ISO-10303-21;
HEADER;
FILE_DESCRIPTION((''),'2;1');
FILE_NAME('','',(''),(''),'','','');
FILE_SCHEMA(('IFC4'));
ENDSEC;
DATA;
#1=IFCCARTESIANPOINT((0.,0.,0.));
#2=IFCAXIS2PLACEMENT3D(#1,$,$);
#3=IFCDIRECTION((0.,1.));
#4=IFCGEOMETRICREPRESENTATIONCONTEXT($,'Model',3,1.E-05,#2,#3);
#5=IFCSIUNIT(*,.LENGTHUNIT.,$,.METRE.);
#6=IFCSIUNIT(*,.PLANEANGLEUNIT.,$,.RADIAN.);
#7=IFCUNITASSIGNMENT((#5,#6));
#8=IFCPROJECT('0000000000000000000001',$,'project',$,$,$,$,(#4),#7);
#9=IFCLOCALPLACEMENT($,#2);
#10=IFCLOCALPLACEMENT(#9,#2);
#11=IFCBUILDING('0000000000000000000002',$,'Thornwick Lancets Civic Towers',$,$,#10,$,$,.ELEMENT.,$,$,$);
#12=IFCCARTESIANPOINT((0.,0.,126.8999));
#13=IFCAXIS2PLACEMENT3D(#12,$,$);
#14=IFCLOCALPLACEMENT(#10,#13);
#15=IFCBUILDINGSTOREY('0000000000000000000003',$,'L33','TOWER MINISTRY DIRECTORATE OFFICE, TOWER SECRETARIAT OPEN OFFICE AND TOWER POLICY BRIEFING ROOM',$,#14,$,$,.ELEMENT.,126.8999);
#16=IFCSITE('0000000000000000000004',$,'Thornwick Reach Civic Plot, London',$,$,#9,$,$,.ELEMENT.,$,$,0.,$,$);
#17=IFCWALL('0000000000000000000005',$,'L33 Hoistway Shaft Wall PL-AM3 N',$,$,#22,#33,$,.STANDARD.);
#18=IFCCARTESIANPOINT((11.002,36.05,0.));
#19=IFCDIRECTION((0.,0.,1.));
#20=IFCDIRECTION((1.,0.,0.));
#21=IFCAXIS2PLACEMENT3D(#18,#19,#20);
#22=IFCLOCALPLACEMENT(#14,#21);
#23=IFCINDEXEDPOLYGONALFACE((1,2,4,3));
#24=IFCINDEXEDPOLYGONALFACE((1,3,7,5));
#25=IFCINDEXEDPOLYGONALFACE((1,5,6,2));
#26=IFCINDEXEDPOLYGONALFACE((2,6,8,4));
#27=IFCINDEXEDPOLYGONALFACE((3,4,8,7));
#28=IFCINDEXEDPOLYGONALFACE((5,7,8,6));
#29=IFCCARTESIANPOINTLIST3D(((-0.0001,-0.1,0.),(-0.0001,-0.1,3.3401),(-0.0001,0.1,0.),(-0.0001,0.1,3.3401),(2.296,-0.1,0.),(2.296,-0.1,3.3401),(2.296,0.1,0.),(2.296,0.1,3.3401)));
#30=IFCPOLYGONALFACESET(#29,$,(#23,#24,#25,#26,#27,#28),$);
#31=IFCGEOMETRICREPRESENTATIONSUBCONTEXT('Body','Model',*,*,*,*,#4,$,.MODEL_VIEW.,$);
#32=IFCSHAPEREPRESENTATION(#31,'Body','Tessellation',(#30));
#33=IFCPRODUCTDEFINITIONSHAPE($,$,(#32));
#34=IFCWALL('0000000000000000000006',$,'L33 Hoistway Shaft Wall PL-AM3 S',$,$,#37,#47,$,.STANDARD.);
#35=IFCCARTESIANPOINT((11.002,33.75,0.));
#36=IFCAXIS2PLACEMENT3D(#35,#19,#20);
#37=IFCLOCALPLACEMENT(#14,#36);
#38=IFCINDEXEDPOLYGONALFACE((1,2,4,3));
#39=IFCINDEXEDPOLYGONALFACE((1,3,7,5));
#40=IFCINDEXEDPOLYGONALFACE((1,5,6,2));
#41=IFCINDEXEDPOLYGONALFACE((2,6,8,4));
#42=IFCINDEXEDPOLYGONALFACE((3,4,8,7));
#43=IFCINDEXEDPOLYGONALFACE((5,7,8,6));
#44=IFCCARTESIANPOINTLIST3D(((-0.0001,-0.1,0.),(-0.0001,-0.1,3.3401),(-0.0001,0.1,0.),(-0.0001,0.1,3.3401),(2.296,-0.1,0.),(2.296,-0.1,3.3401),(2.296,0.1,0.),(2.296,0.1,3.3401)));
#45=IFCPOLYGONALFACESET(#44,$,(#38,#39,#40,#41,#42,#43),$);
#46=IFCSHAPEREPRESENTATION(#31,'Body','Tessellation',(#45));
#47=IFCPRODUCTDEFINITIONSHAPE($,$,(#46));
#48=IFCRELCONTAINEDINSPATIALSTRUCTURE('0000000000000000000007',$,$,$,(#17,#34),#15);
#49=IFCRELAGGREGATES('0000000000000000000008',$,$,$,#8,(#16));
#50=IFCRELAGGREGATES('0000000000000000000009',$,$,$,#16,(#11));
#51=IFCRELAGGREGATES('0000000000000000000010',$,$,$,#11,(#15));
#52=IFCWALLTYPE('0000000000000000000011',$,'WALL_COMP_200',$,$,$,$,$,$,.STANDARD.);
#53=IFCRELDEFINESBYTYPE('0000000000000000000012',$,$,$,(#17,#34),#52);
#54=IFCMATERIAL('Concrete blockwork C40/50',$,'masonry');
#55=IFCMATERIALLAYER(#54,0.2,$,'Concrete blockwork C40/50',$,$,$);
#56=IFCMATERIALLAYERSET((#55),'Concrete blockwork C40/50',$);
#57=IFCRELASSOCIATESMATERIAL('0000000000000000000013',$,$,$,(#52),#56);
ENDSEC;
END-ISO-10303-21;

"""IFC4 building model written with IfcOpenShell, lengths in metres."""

from ifc_helpers import new_model, si_unit, direction, frame, frame_2d, origin, place, context, subcontext, project, spatial, rectangle, extrude, material, layer, layer_set, type_object, element, save


model = new_model("IFC4")

# Units and contexts
model_context = context("Model", 3, precision=1e-05, world=origin(), true_north=direction((0.0, 1.0)))
body_context = subcontext(model_context, "Body", "Model", "MODEL_VIEW")
ifc_project = project(units=[si_unit("LENGTHUNIT", "METRE"), si_unit("PLANEANGLEUNIT", "RADIAN")], contexts=[model_context])

# Site, building, storey
site_placement = place(None, origin())
site = spatial("IfcSite", under=ifc_project, at=site_placement, Name="Thornwick Reach Civic Plot, London", CompositionType="ELEMENT", RefElevation=0.0)
building_placement = place(site_placement, origin())
building = spatial("IfcBuilding", under=site, at=building_placement, Name="Thornwick Lancets Civic Towers", CompositionType="ELEMENT")
storey_placement = place(building_placement, frame((0.0, 0.0, 126.8999)))
storey = spatial("IfcBuildingStorey", under=building, at=storey_placement, Name="L33", Description="TOWER MINISTRY DIRECTORATE OFFICE, TOWER SECRETARIAT OPEN OFFICE AND TOWER POLICY BRIEFING ROOM", CompositionType="ELEMENT", Elevation=126.8999)

# Walls
ifc_material_1 = material(Name="Concrete blockwork C40/50", Category="masonry")
ifc_layer_1 = layer(ifc_material_1, 0.2, Name="Concrete blockwork C40/50")
ifc_layer_set_1 = layer_set([ifc_layer_1], Name="Concrete blockwork C40/50")
wall_type_1 = type_object("IfcWallType", Name="WALL_COMP_200", PredefinedType="STANDARD", material=ifc_layer_set_1)
for number, where, z_axis, x_axis, name in (
    (1, (11.002, 36.05, 0.0), (0.0, 0.0, 1.0), (1.0, 0.0, 0.0), "L33 Hoistway Shaft Wall PL-AM3 N"),
    (2, (11.002, 33.75, 0.0), (0.0, 0.0, 1.0), (1.0, 0.0, 0.0), "L33 Hoistway Shaft Wall PL-AM3 S"),
):
    element("IfcWall", number, at=place(storey_placement, frame(where, z_axis=z_axis, x_axis=x_axis)), inside=storey, type_object=wall_type_1, Name=name, PredefinedType="STANDARD", context=body_context, shape_type="SweptSolid", body=[
        extrude(rectangle(XDim=2.2961, YDim=0.2, at=frame_2d((1.1479, 0.0))), origin(), (0.0, 0.0, 1.0), 3.3401),
    ])

save(model, "model.ifc")
